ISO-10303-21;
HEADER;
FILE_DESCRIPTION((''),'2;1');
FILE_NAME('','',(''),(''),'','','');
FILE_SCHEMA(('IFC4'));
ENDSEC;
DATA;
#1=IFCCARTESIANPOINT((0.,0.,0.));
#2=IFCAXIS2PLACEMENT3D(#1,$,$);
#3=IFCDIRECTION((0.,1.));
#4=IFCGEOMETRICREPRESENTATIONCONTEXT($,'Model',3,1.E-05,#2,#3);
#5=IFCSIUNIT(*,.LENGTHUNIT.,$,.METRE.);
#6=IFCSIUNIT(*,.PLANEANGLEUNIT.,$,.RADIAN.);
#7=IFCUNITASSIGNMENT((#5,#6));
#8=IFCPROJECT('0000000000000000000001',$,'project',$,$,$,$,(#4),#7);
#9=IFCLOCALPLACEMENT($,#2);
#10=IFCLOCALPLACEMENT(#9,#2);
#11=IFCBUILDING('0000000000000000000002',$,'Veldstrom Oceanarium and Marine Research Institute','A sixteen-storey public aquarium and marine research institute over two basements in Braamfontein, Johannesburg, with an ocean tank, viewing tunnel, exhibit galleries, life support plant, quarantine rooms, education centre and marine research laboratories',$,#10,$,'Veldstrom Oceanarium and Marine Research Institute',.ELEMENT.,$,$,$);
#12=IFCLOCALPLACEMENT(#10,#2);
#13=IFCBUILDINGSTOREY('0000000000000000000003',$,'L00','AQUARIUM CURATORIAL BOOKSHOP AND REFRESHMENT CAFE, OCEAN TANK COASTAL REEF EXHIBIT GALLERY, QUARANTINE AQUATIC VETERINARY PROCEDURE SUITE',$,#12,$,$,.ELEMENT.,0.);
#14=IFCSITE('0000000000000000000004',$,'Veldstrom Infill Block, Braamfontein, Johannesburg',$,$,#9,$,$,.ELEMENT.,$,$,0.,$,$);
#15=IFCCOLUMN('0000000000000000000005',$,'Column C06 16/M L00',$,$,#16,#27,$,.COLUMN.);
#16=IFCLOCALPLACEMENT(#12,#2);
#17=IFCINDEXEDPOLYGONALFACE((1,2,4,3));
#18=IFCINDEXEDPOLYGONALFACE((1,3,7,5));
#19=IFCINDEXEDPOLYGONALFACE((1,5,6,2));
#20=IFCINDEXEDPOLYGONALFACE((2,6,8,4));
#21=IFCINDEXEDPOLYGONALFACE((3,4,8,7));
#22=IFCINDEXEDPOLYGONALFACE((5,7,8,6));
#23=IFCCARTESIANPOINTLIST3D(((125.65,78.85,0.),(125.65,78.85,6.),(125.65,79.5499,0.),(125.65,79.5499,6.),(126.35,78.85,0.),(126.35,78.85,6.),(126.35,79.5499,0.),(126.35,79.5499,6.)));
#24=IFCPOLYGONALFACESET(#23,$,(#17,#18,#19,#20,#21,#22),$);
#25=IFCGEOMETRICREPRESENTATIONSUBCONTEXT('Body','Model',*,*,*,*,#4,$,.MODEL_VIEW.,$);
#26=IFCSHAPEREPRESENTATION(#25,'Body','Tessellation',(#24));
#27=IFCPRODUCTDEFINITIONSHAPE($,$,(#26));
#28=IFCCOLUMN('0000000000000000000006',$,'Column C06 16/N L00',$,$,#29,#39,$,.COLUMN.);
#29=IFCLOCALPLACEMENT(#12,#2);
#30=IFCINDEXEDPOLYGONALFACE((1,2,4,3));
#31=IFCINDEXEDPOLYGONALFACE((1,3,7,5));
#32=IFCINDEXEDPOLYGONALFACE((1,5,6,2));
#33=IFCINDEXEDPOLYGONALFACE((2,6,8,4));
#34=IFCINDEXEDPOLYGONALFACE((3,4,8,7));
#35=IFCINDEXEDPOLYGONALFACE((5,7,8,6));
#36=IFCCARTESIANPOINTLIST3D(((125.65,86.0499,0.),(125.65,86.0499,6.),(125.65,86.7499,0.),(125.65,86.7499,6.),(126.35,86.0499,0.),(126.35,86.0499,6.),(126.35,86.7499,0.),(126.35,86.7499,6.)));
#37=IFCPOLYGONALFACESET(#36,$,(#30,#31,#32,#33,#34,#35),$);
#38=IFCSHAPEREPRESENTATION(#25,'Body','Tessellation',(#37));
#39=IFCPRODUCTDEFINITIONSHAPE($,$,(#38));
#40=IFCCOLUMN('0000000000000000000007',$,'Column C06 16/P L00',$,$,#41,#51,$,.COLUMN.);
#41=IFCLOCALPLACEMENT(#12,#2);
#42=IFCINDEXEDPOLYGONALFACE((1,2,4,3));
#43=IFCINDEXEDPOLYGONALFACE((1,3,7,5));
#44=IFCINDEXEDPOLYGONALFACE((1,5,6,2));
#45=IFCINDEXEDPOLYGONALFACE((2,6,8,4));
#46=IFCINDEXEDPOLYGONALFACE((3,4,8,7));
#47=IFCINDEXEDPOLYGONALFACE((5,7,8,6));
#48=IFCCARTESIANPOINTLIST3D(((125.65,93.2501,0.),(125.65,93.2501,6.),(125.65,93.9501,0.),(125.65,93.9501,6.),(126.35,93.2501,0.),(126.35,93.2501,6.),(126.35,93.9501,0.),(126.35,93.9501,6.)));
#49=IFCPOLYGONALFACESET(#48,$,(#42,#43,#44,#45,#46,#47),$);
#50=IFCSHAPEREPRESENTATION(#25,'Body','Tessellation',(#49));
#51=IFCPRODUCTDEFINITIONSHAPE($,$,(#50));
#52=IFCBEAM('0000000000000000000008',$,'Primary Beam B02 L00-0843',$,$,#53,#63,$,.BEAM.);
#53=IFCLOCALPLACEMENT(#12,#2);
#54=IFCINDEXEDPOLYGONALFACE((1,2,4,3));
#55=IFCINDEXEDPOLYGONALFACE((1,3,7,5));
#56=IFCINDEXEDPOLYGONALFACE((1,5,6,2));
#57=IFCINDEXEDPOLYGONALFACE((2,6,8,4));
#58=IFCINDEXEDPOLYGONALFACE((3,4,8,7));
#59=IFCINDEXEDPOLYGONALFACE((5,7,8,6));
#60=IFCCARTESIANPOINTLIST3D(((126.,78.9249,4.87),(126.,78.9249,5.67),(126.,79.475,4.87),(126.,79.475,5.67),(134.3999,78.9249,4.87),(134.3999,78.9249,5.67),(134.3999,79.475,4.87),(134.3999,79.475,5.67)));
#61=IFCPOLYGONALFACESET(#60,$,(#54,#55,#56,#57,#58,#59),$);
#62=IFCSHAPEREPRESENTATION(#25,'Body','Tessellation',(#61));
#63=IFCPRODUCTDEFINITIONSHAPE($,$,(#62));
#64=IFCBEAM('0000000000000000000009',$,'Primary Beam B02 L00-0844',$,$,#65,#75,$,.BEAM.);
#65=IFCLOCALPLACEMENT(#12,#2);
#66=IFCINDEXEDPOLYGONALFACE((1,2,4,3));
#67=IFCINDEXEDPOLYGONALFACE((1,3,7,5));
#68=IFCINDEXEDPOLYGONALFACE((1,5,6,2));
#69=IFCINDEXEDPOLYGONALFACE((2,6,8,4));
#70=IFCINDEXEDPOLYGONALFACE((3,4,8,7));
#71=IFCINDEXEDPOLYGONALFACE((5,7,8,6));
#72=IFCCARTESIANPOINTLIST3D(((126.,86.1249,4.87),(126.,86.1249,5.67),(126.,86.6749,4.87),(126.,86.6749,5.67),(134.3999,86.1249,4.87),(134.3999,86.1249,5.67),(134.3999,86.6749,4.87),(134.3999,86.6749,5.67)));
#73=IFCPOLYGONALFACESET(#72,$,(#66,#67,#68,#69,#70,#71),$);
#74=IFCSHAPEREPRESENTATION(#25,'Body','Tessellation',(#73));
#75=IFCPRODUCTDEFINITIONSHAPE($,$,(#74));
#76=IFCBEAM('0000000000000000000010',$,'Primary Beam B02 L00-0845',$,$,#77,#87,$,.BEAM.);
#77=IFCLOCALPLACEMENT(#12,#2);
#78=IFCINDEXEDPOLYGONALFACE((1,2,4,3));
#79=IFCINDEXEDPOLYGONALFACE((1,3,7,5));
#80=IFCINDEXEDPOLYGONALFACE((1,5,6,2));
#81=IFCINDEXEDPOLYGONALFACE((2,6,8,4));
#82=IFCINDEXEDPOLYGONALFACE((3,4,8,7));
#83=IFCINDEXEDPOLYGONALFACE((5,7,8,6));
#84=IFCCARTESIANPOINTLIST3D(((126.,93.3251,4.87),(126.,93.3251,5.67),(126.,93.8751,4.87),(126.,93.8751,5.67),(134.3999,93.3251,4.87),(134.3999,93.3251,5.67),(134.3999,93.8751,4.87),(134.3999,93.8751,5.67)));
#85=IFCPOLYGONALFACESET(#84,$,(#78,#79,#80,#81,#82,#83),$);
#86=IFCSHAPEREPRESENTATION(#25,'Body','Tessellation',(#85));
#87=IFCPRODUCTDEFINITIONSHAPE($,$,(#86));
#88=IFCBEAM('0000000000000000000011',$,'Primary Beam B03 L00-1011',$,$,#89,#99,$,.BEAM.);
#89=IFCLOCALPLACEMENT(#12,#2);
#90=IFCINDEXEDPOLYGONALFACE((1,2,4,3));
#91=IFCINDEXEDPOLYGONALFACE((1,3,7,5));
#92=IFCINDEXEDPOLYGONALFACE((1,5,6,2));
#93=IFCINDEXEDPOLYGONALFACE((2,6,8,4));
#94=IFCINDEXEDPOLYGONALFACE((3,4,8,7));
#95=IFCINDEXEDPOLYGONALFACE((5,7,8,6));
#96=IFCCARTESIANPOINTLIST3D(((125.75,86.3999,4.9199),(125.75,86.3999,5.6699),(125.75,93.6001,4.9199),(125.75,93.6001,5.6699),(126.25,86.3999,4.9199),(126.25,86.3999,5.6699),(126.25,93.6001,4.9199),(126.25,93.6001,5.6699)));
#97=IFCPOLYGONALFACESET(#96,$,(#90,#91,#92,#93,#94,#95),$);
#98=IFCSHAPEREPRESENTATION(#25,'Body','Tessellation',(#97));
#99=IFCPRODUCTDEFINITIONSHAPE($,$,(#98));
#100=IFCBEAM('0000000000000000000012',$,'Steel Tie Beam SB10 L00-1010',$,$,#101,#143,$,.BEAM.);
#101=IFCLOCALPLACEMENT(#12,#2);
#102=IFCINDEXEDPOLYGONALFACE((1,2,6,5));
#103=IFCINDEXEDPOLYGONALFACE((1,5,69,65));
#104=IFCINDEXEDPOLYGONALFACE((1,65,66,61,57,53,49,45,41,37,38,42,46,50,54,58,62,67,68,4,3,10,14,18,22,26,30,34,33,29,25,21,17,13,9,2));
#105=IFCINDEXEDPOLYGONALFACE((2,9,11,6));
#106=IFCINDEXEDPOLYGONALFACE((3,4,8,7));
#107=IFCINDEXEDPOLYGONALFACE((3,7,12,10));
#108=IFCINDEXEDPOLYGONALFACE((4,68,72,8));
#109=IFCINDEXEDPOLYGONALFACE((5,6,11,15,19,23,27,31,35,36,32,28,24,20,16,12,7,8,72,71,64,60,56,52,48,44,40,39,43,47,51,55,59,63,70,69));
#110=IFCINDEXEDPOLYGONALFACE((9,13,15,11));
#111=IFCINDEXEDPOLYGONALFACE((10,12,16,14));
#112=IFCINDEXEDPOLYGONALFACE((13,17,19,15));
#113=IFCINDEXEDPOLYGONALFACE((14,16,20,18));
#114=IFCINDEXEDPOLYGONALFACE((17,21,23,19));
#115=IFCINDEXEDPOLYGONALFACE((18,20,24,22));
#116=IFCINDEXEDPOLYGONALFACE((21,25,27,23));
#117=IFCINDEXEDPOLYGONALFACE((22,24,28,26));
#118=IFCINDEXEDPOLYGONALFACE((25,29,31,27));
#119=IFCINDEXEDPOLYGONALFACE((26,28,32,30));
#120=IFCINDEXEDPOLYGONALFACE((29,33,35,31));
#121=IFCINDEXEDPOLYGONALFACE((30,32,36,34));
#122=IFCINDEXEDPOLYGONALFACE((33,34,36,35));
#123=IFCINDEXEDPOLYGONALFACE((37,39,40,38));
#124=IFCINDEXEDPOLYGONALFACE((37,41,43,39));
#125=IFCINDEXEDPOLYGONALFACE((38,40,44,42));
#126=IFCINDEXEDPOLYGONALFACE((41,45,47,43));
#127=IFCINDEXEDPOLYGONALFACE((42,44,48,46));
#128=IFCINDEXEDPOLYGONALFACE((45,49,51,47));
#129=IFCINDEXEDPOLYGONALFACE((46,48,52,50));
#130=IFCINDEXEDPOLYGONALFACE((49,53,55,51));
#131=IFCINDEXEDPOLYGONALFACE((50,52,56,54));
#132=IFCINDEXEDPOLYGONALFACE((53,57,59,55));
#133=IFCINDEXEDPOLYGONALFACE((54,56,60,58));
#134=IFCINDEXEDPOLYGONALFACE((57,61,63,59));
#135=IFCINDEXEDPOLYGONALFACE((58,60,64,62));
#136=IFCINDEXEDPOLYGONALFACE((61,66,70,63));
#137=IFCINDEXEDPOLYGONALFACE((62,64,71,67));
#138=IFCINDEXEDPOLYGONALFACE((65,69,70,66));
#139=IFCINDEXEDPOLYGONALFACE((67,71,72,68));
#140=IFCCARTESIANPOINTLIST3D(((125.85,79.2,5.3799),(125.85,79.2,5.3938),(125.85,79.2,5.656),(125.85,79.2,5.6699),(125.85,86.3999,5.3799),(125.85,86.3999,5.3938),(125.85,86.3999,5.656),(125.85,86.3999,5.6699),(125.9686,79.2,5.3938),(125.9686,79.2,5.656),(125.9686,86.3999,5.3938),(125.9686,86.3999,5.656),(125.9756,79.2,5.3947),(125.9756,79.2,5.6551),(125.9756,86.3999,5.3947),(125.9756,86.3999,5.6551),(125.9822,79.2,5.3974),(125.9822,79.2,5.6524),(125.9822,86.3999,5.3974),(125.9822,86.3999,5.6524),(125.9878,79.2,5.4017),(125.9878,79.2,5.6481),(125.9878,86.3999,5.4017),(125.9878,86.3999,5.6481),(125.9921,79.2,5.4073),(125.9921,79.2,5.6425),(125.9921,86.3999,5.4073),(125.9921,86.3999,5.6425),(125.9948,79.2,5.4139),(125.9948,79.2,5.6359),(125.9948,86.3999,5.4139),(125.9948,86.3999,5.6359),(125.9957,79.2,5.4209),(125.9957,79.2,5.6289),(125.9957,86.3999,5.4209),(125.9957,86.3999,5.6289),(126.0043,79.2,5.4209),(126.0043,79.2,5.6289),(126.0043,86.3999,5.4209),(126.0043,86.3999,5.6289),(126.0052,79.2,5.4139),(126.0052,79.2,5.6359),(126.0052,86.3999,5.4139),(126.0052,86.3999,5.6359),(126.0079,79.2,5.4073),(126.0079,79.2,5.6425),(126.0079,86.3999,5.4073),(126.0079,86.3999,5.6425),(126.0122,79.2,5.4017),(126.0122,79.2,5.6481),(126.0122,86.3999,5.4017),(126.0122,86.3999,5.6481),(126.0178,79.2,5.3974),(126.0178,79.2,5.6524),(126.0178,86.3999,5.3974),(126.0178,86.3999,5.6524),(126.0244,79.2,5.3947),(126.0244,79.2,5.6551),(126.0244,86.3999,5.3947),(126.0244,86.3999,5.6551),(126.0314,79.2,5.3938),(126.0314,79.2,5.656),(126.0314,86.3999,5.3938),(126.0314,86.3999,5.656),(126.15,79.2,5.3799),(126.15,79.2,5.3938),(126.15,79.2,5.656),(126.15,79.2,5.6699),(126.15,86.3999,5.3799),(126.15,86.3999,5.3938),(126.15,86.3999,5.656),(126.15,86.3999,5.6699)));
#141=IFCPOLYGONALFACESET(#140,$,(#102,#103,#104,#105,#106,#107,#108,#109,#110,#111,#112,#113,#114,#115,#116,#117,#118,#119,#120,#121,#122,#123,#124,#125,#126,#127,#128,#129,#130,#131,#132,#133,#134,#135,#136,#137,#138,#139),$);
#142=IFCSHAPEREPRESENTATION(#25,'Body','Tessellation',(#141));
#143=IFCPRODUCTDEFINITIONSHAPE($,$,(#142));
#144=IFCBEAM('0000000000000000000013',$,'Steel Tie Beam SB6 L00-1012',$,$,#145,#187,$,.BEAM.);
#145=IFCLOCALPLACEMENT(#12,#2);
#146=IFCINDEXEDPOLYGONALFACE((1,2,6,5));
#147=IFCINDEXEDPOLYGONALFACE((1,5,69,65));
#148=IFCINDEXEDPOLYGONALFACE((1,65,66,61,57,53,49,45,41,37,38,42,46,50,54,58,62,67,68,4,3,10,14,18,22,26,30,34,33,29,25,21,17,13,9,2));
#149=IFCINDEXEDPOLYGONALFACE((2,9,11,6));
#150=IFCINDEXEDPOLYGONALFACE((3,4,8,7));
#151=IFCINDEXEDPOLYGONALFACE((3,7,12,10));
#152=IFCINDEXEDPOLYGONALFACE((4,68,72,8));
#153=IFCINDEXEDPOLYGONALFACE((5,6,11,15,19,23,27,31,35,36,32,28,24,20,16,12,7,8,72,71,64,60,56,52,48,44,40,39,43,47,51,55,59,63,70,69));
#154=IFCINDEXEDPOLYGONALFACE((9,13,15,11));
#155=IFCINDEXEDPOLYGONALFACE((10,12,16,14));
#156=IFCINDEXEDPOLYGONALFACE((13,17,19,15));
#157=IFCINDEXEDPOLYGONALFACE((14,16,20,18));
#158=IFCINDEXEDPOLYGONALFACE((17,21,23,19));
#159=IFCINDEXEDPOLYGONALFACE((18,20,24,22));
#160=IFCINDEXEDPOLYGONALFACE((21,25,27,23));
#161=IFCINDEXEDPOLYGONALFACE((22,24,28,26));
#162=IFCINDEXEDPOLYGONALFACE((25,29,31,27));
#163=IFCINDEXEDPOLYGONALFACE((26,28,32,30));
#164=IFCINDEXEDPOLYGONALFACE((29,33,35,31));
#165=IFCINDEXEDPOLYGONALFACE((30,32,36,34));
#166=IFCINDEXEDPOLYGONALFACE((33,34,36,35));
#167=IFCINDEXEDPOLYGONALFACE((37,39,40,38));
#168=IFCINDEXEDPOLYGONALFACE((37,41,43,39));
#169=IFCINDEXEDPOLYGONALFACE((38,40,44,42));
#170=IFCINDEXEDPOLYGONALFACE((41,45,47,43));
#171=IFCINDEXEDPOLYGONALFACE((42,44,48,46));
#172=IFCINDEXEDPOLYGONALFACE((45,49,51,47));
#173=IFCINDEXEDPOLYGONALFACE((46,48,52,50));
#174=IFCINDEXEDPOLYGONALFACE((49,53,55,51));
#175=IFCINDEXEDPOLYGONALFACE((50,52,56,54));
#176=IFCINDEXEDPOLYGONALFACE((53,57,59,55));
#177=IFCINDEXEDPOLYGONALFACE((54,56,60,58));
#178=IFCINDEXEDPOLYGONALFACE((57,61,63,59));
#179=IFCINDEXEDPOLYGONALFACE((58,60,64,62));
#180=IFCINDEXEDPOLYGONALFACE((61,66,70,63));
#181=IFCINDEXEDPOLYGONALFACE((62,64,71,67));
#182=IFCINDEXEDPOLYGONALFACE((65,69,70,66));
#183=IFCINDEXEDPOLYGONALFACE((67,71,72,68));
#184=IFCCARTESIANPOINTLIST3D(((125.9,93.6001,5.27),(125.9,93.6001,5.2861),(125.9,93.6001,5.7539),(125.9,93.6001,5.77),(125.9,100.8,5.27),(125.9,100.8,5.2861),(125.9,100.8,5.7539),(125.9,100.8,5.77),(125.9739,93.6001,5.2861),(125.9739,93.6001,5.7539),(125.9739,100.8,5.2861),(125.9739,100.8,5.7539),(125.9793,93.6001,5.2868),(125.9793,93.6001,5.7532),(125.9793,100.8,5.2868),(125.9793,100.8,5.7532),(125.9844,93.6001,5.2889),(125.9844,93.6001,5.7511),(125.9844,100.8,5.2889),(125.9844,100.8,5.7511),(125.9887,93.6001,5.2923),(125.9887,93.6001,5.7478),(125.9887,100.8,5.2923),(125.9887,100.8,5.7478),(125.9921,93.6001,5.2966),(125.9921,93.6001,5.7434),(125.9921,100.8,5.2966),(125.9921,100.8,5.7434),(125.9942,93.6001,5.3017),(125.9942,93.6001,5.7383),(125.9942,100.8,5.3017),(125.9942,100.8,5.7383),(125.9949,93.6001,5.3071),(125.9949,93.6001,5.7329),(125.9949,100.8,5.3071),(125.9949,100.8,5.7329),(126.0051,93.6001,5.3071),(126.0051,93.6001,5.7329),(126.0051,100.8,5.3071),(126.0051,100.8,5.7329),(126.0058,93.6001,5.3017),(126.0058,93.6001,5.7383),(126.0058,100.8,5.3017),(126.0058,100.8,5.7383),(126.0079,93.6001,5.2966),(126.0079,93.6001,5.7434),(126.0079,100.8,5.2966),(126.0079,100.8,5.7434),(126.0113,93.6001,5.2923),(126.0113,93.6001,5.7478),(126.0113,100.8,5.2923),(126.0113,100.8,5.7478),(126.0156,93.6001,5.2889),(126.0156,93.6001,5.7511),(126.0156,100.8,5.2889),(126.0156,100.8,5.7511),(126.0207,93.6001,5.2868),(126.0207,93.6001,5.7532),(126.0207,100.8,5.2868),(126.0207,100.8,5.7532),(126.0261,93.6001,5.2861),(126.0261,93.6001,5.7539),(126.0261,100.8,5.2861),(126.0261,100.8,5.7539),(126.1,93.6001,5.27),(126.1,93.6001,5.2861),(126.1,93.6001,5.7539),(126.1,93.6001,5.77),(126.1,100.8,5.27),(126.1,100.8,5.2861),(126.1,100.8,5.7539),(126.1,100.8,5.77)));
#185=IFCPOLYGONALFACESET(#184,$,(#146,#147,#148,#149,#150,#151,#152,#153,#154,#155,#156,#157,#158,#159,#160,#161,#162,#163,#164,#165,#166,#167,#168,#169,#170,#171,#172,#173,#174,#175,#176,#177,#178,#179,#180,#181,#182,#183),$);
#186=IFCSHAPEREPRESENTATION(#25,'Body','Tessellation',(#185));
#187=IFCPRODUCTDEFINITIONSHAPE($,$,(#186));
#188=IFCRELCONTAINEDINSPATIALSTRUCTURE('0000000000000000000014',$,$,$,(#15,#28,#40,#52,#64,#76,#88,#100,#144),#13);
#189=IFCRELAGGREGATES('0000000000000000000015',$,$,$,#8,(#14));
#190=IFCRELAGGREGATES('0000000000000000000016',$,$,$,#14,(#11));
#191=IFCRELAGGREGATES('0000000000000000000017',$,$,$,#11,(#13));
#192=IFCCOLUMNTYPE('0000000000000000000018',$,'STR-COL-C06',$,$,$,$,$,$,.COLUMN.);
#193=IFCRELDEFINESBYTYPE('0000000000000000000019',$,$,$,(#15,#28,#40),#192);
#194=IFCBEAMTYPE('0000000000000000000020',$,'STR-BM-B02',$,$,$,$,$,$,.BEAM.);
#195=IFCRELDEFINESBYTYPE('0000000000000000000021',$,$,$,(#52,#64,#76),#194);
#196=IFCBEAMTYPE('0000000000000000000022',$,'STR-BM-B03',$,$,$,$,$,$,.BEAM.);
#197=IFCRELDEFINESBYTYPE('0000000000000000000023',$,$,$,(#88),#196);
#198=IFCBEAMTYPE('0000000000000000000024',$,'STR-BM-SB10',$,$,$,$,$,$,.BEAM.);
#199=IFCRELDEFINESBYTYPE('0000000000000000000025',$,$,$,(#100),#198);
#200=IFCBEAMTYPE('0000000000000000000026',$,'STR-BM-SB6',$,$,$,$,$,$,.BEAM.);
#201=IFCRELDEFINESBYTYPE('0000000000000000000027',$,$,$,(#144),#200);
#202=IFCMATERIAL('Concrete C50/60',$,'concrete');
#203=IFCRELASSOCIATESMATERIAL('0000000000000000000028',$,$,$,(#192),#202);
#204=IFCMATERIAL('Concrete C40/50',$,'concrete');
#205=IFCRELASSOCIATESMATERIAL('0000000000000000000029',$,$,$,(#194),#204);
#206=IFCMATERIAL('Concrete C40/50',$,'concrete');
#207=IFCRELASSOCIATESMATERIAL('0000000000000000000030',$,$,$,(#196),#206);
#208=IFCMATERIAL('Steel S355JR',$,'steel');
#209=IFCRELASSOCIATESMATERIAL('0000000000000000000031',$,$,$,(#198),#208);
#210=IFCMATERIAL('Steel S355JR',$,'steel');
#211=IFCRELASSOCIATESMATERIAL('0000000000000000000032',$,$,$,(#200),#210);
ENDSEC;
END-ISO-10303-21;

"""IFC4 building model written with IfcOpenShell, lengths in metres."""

from ifc_helpers import new_model, si_unit, direction, frame, origin, origin_2d, place, context, subcontext, project, spatial, rectangle, i_section, extrude, material, material_profile, profile_set, type_object, element, save


model = new_model("IFC4")

# Units and contexts
model_context = context("Model", 3, precision=1e-05, world=origin(), true_north=direction((0.0, 1.0)))
body_context = subcontext(model_context, "Body", "Model", "MODEL_VIEW")
ifc_project = project(units=[si_unit("LENGTHUNIT", "METRE"), si_unit("PLANEANGLEUNIT", "RADIAN")], contexts=[model_context])

# Site, building, storey
site_placement = place(None, origin())
site = spatial("IfcSite", under=ifc_project, at=site_placement, Name="Veldstrom Infill Block, Braamfontein, Johannesburg", CompositionType="ELEMENT", RefElevation=0.0)
building_placement = place(site_placement, origin())
building = spatial("IfcBuilding", under=site, at=building_placement, Name="Veldstrom Oceanarium and Marine Research Institute", Description="A sixteen-storey public aquarium and marine research institute over two basements in Braamfontein, Johannesburg, with an ocean tank, viewing tunnel, exhibit galleries, life support plant, quarantine rooms, education centre and marine research laboratories", LongName="Veldstrom Oceanarium and Marine Research Institute", CompositionType="ELEMENT")
storey_placement = place(building_placement, origin())
storey = spatial("IfcBuildingStorey", under=building, at=storey_placement, Name="L00", Description="AQUARIUM CURATORIAL BOOKSHOP AND REFRESHMENT CAFE, OCEAN TANK COASTAL REEF EXHIBIT GALLERY, QUARANTINE AQUATIC VETERINARY PROCEDURE SUITE", CompositionType="ELEMENT", Elevation=0.0)

# Columns
ifc_material_1 = material(Name="Concrete C50/60", Category="concrete")
ifc_material_profile_1 = material_profile(ifc_material_1, rectangle(XDim=0.7, YDim=0.7, at=origin_2d()), Name="RC-COL-700x700")
ifc_profile_set_1 = profile_set([ifc_material_profile_1], Name="Concrete C50/60")
column_type = type_object("IfcColumnType", Name="STR-COL-C06", PredefinedType="COLUMN", material=ifc_profile_set_1)
for number, where, z_axis, x_axis, name in (
    (1, (126.0, 79.2, 0.0), (0.0, 0.0, 1.0), (1.0, 0.0, 0.0), "Column C06 16/M L00"),
    (2, (126.0, 86.3999, 0.0), (0.0, 0.0, 1.0), (1.0, 0.0, 0.0), "Column C06 16/N L00"),
    (3, (126.0, 93.6001, 0.0), (0.0, 0.0, 1.0), (1.0, 0.0, 0.0), "Column C06 16/P L00"),
):
    element("IfcColumn", number, at=place(storey_placement, frame(where, z_axis=z_axis, x_axis=x_axis)), inside=storey, type_object=column_type, Name=name, PredefinedType="COLUMN", context=body_context, shape_type="SweptSolid", body=[
        extrude(rectangle(XDim=0.7, YDim=0.7, at=origin_2d()), origin(), (0.0, 0.0, 1.0), 6.0),
    ])

# Beams
ifc_material_2 = material(Name="Concrete C40/50", Category="concrete")
ifc_material_profile_2 = material_profile(ifc_material_2, rectangle(XDim=0.55, YDim=0.8, at=origin_2d()), Name="RC-BM-550x800")
ifc_profile_set_2 = profile_set([ifc_material_profile_2], Name="Concrete C40/50")
beam_type_1 = type_object("IfcBeamType", Name="STR-BM-B02", PredefinedType="BEAM", material=ifc_profile_set_2)
for number, where, z_axis, x_axis, name in (
    (4, (126.0, 79.2, 5.27), (1.0, 0.0, 0.0), (0.0, 1.0, 0.0), "Primary Beam B02 L00-0843"),
    (5, (126.0, 86.3999, 5.27), (1.0, 0.0, 0.0), (0.0, 1.0, 0.0), "Primary Beam B02 L00-0844"),
    (6, (126.0, 93.6001, 5.27), (1.0, 0.0, 0.0), (0.0, 1.0, 0.0), "Primary Beam B02 L00-0845"),
):
    element("IfcBeam", number, at=place(storey_placement, frame(where, z_axis=z_axis, x_axis=x_axis)), inside=storey, type_object=beam_type_1, Name=name, PredefinedType="BEAM", context=body_context, shape_type="SweptSolid", body=[
        extrude(rectangle(XDim=0.55, YDim=0.8, at=origin_2d()), origin(), (0.0, 0.0, 1.0), 8.3999),
    ])
ifc_material_3 = material(Name="Concrete C40/50", Category="concrete")
ifc_material_profile_3 = material_profile(ifc_material_3, rectangle(XDim=0.5, YDim=0.75, at=origin_2d()), Name="RC-BM-500x750")
ifc_profile_set_3 = profile_set([ifc_material_profile_3], Name="Concrete C40/50")
beam_type_2 = type_object("IfcBeamType", Name="STR-BM-B03", PredefinedType="BEAM", material=ifc_profile_set_3)
beam_1_placement = place(storey_placement, frame((126.0, 86.3999, 5.2949), z_axis=(0.0, 1.0, 0.0), x_axis=(-1.0, 0.0, 0.0)))
element("IfcBeam", 7, at=beam_1_placement, inside=storey, type_object=beam_type_2, Name="Primary Beam B03 L00-1011", PredefinedType="BEAM", context=body_context, shape_type="SweptSolid", body=[
    extrude(rectangle(XDim=0.5, YDim=0.75, at=origin_2d()), origin(), (0.0, 0.0, 1.0), 7.2002),
])
ifc_material_4 = material(Name="Steel S355JR", Category="steel")
ifc_material_profile_4 = material_profile(ifc_material_4, i_section(OverallWidth=0.3, OverallDepth=0.29, WebThickness=0.0085, FlangeThickness=0.0139, FilletRadius=0.0271, at=origin_2d()), Name="HEA 300")
ifc_profile_set_4 = profile_set([ifc_material_profile_4], Name="Steel S355JR")
beam_type_3 = type_object("IfcBeamType", Name="STR-BM-SB10", PredefinedType="BEAM", material=ifc_profile_set_4)
beam_2_placement = place(storey_placement, frame((126.0, 79.2, 5.5249), z_axis=(0.0, 1.0, 0.0), x_axis=(-1.0, 0.0, 0.0)))
element("IfcBeam", 8, at=beam_2_placement, inside=storey, type_object=beam_type_3, Name="Steel Tie Beam SB10 L00-1010", PredefinedType="BEAM", context=body_context, shape_type="SweptSolid", body=[
    extrude(i_section(OverallWidth=0.3, OverallDepth=0.29, WebThickness=0.0085, FlangeThickness=0.0139, FilletRadius=0.0271, at=origin_2d()), origin(), (0.0, 0.0, 1.0), 7.2),
])
ifc_material_5 = material(Name="Steel S355JR", Category="steel")
ifc_material_profile_5 = material_profile(ifc_material_5, i_section(OverallWidth=0.2, OverallDepth=0.5, WebThickness=0.0103, FlangeThickness=0.0161, FilletRadius=0.021, at=origin_2d()), Name="IPE 500")
ifc_profile_set_5 = profile_set([ifc_material_profile_5], Name="Steel S355JR")
beam_type_4 = type_object("IfcBeamType", Name="STR-BM-SB6", PredefinedType="BEAM", material=ifc_profile_set_5)
beam_3_placement = place(storey_placement, frame((126.0, 93.6001, 5.52), z_axis=(0.0, 1.0, 0.0), x_axis=(-1.0, 0.0, 0.0)))
element("IfcBeam", 9, at=beam_3_placement, inside=storey, type_object=beam_type_4, Name="Steel Tie Beam SB6 L00-1012", PredefinedType="BEAM", context=body_context, shape_type="SweptSolid", body=[
    extrude(i_section(OverallWidth=0.2, OverallDepth=0.5, WebThickness=0.0103, FlangeThickness=0.0161, FilletRadius=0.021, at=origin_2d()), origin(), (0.0, 0.0, 1.0), 7.2),
])

save(model, "model.ifc")
